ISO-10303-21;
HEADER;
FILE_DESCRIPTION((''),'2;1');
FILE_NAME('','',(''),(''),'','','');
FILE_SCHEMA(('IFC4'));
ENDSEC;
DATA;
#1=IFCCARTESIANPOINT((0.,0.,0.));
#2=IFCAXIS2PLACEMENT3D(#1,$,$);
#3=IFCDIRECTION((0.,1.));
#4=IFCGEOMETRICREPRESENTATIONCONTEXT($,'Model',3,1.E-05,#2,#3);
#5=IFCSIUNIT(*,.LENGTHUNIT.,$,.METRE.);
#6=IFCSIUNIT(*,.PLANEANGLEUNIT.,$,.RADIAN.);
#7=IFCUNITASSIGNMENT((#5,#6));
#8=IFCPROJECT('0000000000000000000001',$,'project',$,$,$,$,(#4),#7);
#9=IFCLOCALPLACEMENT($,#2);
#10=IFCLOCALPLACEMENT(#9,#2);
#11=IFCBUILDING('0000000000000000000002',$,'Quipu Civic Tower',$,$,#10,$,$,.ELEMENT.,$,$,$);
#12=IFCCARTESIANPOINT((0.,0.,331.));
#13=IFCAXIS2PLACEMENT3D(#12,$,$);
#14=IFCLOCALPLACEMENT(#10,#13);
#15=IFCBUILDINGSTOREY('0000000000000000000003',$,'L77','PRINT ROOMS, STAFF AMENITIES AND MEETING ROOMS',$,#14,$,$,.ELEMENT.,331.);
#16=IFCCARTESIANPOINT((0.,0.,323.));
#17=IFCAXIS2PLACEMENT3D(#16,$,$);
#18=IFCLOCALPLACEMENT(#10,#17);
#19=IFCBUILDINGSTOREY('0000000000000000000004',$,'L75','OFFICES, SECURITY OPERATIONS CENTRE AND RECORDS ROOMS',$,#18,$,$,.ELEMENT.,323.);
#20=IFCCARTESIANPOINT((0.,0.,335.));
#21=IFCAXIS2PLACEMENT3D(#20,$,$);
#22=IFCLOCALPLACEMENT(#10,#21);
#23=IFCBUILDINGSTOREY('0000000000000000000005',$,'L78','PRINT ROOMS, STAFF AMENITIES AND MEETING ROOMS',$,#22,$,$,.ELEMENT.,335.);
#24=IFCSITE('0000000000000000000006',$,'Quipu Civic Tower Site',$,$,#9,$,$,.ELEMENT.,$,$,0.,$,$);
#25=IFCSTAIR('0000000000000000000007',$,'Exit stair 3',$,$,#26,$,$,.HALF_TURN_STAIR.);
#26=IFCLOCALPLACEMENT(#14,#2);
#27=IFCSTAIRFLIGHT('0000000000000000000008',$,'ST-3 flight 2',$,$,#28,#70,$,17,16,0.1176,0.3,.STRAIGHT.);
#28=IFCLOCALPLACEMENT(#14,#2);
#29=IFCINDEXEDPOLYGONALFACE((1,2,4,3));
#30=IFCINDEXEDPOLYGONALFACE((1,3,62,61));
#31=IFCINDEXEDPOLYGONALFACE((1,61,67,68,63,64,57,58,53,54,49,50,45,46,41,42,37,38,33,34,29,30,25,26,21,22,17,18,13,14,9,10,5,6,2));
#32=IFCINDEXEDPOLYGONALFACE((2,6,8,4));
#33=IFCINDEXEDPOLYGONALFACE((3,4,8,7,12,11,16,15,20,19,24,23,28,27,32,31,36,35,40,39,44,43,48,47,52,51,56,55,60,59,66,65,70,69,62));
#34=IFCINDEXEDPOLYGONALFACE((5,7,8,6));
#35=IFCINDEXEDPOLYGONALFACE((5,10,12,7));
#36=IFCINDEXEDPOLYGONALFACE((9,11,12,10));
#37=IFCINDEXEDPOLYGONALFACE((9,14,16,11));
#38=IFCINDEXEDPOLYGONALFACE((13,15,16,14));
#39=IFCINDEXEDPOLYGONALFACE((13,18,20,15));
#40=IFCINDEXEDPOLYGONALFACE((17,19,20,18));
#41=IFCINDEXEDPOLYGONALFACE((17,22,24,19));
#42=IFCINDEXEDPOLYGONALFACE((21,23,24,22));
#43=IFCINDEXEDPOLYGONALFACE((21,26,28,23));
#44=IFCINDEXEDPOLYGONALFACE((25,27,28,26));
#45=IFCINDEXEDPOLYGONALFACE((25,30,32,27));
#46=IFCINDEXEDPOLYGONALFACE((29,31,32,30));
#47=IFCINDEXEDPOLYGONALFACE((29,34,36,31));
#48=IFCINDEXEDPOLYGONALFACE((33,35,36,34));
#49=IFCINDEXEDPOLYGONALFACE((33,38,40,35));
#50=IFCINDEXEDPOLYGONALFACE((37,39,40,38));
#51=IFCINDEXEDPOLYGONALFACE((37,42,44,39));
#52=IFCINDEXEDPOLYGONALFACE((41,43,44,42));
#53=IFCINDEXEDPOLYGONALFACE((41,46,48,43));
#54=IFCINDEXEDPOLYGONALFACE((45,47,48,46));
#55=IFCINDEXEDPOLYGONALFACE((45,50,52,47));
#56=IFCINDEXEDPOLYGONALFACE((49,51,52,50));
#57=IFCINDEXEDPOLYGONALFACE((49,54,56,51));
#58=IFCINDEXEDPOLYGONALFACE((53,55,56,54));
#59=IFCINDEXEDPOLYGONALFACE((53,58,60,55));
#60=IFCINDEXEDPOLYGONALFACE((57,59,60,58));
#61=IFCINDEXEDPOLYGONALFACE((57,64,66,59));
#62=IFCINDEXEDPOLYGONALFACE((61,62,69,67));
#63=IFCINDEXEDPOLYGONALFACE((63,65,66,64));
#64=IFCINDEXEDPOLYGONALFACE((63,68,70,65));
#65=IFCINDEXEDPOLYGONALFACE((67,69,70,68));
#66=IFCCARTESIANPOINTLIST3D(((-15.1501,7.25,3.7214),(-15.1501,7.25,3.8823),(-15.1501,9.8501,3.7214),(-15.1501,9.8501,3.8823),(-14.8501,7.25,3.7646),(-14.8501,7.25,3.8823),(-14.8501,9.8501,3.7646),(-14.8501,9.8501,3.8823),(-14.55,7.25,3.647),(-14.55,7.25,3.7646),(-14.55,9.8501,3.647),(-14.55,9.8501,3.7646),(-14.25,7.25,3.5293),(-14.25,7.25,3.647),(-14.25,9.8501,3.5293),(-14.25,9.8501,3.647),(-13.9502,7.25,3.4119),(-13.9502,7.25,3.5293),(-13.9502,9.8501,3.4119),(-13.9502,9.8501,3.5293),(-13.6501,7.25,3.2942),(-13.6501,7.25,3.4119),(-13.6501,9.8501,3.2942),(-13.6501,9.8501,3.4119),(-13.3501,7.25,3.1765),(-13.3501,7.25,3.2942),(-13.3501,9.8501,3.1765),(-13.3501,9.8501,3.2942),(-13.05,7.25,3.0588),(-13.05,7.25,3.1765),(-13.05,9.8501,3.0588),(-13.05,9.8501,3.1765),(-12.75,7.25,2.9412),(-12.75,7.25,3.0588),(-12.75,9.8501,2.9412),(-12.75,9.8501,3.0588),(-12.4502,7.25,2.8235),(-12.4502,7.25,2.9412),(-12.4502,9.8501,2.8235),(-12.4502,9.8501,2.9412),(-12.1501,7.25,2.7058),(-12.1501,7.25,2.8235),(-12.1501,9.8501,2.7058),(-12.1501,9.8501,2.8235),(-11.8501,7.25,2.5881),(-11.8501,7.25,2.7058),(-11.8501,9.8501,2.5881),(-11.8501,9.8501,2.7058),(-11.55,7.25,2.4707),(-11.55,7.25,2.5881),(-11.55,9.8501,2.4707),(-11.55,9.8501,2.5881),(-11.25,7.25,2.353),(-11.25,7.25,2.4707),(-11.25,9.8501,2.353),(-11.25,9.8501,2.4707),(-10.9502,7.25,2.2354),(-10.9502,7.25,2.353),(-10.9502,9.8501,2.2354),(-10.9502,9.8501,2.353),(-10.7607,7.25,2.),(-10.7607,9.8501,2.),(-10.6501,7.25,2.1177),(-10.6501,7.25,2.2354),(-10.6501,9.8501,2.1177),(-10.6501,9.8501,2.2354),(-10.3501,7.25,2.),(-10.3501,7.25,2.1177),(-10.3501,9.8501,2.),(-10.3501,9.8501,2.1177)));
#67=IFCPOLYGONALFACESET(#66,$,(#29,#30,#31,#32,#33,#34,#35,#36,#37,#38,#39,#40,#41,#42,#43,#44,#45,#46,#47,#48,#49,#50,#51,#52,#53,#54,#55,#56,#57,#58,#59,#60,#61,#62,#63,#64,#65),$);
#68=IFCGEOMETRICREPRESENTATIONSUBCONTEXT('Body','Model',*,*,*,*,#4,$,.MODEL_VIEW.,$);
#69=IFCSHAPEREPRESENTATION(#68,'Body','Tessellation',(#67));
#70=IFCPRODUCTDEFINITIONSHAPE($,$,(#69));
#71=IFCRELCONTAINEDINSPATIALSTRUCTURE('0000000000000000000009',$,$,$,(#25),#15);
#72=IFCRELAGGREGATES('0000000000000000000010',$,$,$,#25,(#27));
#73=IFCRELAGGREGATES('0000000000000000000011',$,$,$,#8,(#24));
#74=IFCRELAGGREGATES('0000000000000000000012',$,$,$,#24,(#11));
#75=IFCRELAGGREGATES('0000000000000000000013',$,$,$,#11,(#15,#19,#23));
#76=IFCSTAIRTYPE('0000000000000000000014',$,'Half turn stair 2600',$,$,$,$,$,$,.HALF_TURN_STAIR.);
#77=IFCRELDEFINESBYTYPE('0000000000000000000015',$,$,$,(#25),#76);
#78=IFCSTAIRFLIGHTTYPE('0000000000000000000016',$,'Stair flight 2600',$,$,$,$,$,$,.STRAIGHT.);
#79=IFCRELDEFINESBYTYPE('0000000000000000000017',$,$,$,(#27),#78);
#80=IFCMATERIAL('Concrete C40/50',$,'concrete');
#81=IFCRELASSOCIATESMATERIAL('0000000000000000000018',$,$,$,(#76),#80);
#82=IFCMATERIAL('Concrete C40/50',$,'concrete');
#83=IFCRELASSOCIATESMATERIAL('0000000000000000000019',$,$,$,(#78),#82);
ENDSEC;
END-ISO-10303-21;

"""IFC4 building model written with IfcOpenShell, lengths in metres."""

from ifc_helpers import new_model, si_unit, direction, frame, origin, place, context, subcontext, project, spatial, polyline, outline, extrude, material, type_object, element, aggregate, save


model = new_model("IFC4")

# Units and contexts
model_context = context("Model", 3, precision=1e-05, world=origin(), true_north=direction((0.0, 1.0)))
body_context = subcontext(model_context, "Body", "Model", "MODEL_VIEW")
ifc_project = project(units=[si_unit("LENGTHUNIT", "METRE"), si_unit("PLANEANGLEUNIT", "RADIAN")], contexts=[model_context])

# Site, building, storey
site_placement = place(None, origin())
site = spatial("IfcSite", under=ifc_project, at=site_placement, Name="Quipu Civic Tower Site", CompositionType="ELEMENT", RefElevation=0.0)
building_placement = place(site_placement, origin())
building = spatial("IfcBuilding", under=site, at=building_placement, Name="Quipu Civic Tower", CompositionType="ELEMENT")
storey_1_placement = place(building_placement, frame((0.0, 0.0, 331.0)))
storey_1 = spatial("IfcBuildingStorey", under=building, at=storey_1_placement, Name="L77", Description="PRINT ROOMS, STAFF AMENITIES AND MEETING ROOMS", CompositionType="ELEMENT", Elevation=331.0)

# Shared definitions
storey_2_placement = place(building_placement, frame((0.0, 0.0, 323.0)))
storey_2 = spatial("IfcBuildingStorey", under=building, at=storey_2_placement, Name="L75", Description="OFFICES, SECURITY OPERATIONS CENTRE AND RECORDS ROOMS", CompositionType="ELEMENT", Elevation=323.0)

# Shared definitions
storey_3_placement = place(building_placement, frame((0.0, 0.0, 335.0)))
storey_3 = spatial("IfcBuildingStorey", under=building, at=storey_3_placement, Name="L78", Description="PRINT ROOMS, STAFF AMENITIES AND MEETING ROOMS", CompositionType="ELEMENT", Elevation=335.0)

# Stair, stair flight
ifc_material_1 = material(Name="Concrete C40/50", Category="concrete")
stair_type = type_object("IfcStairType", Name="Half turn stair 2600", PredefinedType="HALF_TURN_STAIR", material=ifc_material_1)
stair_placement = place(storey_1_placement, origin())
stair = element("IfcStair", 1, at=stair_placement, inside=storey_1, type_object=stair_type, Name="Exit stair 3", PredefinedType="HALF_TURN_STAIR")
ifc_material_2 = material(Name="Concrete C40/50", Category="concrete")
stair_flight_type = type_object("IfcStairFlightType", Name="Stair flight 2600", PredefinedType="STRAIGHT", material=ifc_material_2)
stair_flight_placement = place(storey_1_placement, frame((-10.3501, 8.55, 2.0), z_axis=(0.0, 0.0, 1.0), x_axis=(-1.0, 0.0, 0.0)))
stair_flight = element("IfcStairFlight", 2, at=stair_flight_placement, type_object=stair_flight_type, Name="ST-3 flight 2", NumberOfRisers=17, NumberOfTreads=16, PredefinedType="STRAIGHT", RiserHeight=0.1176, TreadLength=0.3, context=body_context, shape_type="SweptSolid", body=[
    extrude(outline(polyline([(0.0, 0.0), (0.0, 0.1177), (0.3, 0.1177), (0.3, 0.2354), (0.6001, 0.2354), (0.6001, 0.353), (0.8999, 0.353), (0.8999, 0.4707), (1.2, 0.4707), (1.2, 0.5881), (1.5, 0.5881), (1.5, 0.7058), (1.8, 0.7058), (1.8, 0.8235), (2.1001, 0.8235), (2.1001, 0.9412), (2.3999, 0.9412), (2.3999, 1.0588), (2.7, 1.0588), (2.7, 1.1765), (3.0, 1.1765), (3.0, 1.2942), (3.3, 1.2942), (3.3, 1.4119), (3.6001, 1.4119), (3.6001, 1.5293), (3.8999, 1.5293), (3.8999, 1.647), (4.2, 1.647), (4.2, 1.7646), (4.5, 1.7646), (4.5, 1.8823), (4.8, 1.8823), (4.8, 2.0), (4.8, 1.7214), (0.4106, 0.0), (0.0, 0.0)])), frame((0.0, 1.3, 0.0), z_axis=(0.0, -1.0, 0.0), x_axis=(1.0, 0.0, 0.0)), (0.0, 0.0, 1.0), 2.6001),
])
aggregate(stair, [stair_flight])

save(model, "model.ifc")
